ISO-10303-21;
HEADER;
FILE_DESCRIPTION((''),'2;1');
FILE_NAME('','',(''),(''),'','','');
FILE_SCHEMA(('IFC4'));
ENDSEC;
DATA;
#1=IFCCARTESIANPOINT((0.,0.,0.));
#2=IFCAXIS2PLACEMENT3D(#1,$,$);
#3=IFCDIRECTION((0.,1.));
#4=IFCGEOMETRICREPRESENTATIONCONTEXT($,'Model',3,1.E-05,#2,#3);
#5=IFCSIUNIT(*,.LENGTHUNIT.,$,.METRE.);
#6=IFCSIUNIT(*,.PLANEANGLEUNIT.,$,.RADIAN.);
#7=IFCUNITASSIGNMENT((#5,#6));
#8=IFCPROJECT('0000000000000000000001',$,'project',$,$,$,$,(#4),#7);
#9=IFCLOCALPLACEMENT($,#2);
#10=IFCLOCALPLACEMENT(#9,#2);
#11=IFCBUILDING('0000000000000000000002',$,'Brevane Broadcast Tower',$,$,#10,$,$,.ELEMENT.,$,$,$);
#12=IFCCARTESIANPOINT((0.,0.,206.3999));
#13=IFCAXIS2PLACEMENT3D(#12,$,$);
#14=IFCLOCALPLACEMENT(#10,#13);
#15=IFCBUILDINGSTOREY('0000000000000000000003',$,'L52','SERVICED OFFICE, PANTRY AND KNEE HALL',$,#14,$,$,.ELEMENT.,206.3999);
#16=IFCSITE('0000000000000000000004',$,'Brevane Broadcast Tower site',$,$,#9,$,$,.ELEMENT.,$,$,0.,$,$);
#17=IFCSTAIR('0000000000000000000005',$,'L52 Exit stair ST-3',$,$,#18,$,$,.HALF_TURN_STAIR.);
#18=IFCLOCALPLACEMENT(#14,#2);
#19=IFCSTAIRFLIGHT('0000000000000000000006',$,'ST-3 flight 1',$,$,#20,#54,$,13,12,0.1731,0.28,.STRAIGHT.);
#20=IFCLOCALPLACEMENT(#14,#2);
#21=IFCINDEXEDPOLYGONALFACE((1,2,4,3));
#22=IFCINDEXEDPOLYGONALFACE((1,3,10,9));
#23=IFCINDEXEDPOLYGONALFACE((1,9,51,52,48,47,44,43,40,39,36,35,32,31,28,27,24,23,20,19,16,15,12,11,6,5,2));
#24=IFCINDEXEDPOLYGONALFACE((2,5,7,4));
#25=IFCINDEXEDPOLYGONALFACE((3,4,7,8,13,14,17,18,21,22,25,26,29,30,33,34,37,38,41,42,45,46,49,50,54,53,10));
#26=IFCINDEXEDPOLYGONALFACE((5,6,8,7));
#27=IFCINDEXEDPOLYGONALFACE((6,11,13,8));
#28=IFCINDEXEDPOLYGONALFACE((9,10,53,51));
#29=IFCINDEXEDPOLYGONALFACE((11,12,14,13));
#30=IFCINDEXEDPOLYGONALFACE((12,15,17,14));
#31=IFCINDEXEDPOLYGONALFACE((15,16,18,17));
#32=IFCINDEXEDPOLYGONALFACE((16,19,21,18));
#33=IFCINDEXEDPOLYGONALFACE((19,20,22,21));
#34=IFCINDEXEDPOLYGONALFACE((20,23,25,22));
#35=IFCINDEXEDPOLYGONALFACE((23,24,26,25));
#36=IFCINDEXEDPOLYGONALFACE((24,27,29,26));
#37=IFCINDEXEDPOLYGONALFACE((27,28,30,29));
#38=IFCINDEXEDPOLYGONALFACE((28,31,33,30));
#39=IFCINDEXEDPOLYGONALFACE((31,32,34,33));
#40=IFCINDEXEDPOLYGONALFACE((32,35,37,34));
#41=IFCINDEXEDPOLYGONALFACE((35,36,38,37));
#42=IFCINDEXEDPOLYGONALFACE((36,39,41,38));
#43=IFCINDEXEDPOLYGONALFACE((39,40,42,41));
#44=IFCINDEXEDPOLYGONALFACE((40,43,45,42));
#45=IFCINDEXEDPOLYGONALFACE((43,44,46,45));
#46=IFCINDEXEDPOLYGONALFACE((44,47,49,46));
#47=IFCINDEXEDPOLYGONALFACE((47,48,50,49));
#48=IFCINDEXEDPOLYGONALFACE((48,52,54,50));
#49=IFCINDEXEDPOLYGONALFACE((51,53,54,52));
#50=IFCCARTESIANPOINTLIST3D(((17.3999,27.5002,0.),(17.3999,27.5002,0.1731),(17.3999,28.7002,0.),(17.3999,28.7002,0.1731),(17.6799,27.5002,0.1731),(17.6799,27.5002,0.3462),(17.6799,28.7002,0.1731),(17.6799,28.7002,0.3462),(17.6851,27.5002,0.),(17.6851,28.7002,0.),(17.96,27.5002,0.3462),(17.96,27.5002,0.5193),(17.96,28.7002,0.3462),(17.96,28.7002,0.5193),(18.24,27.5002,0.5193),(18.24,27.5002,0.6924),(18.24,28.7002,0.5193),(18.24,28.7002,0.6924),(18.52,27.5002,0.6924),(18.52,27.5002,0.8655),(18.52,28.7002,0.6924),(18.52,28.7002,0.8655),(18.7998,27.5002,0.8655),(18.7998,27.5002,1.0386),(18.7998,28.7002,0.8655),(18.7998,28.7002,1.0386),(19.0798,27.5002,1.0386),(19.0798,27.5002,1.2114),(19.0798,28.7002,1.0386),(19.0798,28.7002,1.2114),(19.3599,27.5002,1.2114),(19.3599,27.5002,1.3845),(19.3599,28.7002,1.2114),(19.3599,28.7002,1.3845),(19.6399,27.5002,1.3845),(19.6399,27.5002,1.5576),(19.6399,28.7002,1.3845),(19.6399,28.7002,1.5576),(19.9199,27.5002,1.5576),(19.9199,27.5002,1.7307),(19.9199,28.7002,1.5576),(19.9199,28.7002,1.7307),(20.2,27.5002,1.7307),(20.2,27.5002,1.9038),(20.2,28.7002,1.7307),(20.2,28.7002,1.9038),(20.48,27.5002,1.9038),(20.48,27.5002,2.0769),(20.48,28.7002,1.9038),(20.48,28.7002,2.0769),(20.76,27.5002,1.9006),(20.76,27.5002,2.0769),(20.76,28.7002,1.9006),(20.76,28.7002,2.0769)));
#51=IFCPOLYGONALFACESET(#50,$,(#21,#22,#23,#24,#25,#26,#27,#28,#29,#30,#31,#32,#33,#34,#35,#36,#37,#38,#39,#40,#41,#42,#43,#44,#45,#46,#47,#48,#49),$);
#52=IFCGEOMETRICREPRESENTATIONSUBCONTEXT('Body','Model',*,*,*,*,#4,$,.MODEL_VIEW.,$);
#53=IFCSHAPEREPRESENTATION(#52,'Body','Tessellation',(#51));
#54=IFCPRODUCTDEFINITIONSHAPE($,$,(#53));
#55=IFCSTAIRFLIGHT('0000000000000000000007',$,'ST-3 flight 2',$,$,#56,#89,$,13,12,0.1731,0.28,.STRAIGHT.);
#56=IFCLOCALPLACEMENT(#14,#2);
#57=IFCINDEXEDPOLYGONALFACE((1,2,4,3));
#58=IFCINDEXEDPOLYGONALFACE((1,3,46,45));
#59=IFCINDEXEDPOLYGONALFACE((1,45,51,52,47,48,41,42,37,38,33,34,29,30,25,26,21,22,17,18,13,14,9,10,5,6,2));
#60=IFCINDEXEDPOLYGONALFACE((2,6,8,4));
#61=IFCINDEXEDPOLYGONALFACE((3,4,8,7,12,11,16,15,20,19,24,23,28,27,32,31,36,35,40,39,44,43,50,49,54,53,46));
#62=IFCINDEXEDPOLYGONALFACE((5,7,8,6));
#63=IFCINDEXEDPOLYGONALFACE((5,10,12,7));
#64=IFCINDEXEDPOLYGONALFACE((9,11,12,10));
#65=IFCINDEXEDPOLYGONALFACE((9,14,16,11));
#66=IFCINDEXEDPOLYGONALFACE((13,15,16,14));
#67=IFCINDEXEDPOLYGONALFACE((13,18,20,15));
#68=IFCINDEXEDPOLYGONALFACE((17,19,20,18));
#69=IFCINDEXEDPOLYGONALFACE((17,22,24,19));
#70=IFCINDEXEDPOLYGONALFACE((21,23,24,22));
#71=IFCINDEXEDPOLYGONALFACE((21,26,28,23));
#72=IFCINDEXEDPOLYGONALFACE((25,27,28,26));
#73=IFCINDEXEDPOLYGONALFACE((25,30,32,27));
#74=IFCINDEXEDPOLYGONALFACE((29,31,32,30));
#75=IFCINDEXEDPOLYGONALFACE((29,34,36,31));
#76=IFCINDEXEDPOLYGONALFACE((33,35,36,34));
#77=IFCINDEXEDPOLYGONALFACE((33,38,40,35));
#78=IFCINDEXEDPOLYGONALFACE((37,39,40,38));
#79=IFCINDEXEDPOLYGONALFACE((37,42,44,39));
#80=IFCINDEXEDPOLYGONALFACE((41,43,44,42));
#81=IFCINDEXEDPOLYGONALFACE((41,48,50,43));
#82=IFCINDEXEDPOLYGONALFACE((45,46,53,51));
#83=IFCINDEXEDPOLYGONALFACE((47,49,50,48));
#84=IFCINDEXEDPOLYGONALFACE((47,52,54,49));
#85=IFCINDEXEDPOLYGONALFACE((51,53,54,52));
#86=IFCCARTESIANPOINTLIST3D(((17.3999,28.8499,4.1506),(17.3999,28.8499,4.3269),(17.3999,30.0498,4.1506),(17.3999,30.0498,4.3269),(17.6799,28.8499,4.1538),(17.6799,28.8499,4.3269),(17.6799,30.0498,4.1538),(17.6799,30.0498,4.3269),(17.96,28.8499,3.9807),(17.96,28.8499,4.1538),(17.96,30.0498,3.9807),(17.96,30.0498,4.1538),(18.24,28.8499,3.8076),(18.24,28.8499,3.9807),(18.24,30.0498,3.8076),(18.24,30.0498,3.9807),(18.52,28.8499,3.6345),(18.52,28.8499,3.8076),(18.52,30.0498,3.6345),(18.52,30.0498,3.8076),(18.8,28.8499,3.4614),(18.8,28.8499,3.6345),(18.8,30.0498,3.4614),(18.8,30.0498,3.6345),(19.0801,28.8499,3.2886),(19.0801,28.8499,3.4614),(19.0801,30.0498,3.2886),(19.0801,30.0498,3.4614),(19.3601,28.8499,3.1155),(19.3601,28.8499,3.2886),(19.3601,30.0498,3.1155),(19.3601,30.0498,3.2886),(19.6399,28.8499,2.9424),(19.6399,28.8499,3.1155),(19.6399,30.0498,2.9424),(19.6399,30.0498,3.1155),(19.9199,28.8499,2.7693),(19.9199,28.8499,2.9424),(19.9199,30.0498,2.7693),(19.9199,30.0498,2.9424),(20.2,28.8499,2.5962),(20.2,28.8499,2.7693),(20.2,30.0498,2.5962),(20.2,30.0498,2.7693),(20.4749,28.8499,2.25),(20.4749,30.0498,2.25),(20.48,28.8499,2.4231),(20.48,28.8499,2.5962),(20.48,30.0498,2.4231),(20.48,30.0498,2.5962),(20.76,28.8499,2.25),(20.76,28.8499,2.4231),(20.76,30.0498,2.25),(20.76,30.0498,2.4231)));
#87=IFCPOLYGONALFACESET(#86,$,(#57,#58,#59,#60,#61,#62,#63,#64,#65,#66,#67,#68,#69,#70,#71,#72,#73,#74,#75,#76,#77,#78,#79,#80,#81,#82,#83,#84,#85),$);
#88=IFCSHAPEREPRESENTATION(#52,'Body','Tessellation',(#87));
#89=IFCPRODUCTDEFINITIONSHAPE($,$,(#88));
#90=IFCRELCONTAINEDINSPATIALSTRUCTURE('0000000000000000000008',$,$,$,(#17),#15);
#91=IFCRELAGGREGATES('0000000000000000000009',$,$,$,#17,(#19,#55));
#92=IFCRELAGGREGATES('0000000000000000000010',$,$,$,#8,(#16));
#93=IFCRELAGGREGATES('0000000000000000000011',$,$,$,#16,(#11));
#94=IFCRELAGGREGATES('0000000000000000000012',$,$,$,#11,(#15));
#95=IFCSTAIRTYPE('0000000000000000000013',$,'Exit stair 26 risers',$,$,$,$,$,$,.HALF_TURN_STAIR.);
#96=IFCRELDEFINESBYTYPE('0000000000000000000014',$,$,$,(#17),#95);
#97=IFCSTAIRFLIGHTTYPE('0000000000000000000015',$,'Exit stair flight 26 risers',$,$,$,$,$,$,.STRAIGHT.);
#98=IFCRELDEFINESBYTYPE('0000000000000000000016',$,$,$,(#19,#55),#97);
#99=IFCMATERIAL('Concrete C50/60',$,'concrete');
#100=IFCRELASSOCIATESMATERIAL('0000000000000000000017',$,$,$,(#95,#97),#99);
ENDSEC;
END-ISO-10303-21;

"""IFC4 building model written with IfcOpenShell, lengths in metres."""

from ifc_helpers import new_model, si_unit, direction, frame, origin, place, context, subcontext, project, spatial, polyline, outline, extrude, material, type_object, element, aggregate, save


model = new_model("IFC4")

# Units and contexts
model_context = context("Model", 3, precision=1e-05, world=origin(), true_north=direction((0.0, 1.0)))
body_context = subcontext(model_context, "Body", "Model", "MODEL_VIEW")
ifc_project = project(units=[si_unit("LENGTHUNIT", "METRE"), si_unit("PLANEANGLEUNIT", "RADIAN")], contexts=[model_context])

# Site, building, storey
site_placement = place(None, origin())
site = spatial("IfcSite", under=ifc_project, at=site_placement, Name="Brevane Broadcast Tower site", CompositionType="ELEMENT", RefElevation=0.0)
building_placement = place(site_placement, origin())
building = spatial("IfcBuilding", under=site, at=building_placement, Name="Brevane Broadcast Tower", CompositionType="ELEMENT")
storey_placement = place(building_placement, frame((0.0, 0.0, 206.3999)))
storey = spatial("IfcBuildingStorey", under=building, at=storey_placement, Name="L52", Description="SERVICED OFFICE, PANTRY AND KNEE HALL", CompositionType="ELEMENT", Elevation=206.3999)

# Stair, stair flights
ifc_material_1 = material(Name="Concrete C50/60", Category="concrete")
stair_type = type_object("IfcStairType", Name="Exit stair 26 risers", PredefinedType="HALF_TURN_STAIR", material=ifc_material_1)
stair_placement = place(storey_placement, origin())
stair = element("IfcStair", 1, at=stair_placement, inside=storey, type_object=stair_type, Name="L52 Exit stair ST-3", PredefinedType="HALF_TURN_STAIR")
stair_flight_type = type_object("IfcStairFlightType", Name="Exit stair flight 26 risers", PredefinedType="STRAIGHT", material=ifc_material_1)
stair_flight_1_placement = place(storey_placement, frame((17.3999, 28.1001, 0.0), z_axis=(0.0, 0.0, 1.0), x_axis=(1.0, 0.0, 0.0)))
stair_flight_1 = element("IfcStairFlight", 2, at=stair_flight_1_placement, type_object=stair_flight_type, Name="ST-3 flight 1", NumberOfRisers=13, NumberOfTreads=12, PredefinedType="STRAIGHT", RiserHeight=0.1731, TreadLength=0.28, context=body_context, shape_type="SweptSolid", body=[
    extrude(outline(polyline([(0.0, 0.0), (0.0, 0.1731), (0.28, 0.1731), (0.28, 0.3462), (0.5601, 0.3462), (0.5601, 0.5193), (0.8401, 0.5193), (0.8401, 0.6924), (1.1201, 0.6924), (1.1201, 0.8655), (1.3999, 0.8655), (1.3999, 1.0386), (1.6799, 1.0386), (1.6799, 1.2114), (1.96, 1.2114), (1.96, 1.3845), (2.24, 1.3845), (2.24, 1.5576), (2.52, 1.5576), (2.52, 1.7307), (2.8, 1.7307), (2.8, 1.9038), (3.0801, 1.9038), (3.0801, 2.0769), (3.3601, 2.0769), (3.3601, 2.25), (3.3601, 1.9006), (0.2852, 0.0), (0.0, 0.0)])), frame((0.0, 0.6001, 0.0), z_axis=(0.0, -1.0, 0.0), x_axis=(1.0, 0.0, 0.0)), (0.0, 0.0, 1.0), 1.2),
])
stair_flight_2_placement = place(storey_placement, frame((20.76, 29.45, 2.25), z_axis=(0.0, 0.0, 1.0), x_axis=(-1.0, 0.0, 0.0)))
stair_flight_2 = element("IfcStairFlight", 3, at=stair_flight_2_placement, type_object=stair_flight_type, Name="ST-3 flight 2", NumberOfRisers=13, NumberOfTreads=12, PredefinedType="STRAIGHT", RiserHeight=0.1731, TreadLength=0.28, context=body_context, shape_type="SweptSolid", body=[
    extrude(outline(polyline([(0.0, 0.0), (0.0, 0.1731), (0.28, 0.1731), (0.28, 0.3462), (0.5601, 0.3462), (0.5601, 0.5193), (0.8401, 0.5193), (0.8401, 0.6924), (1.1201, 0.6924), (1.1201, 0.8655), (1.3999, 0.8655), (1.3999, 1.0386), (1.6799, 1.0386), (1.6799, 1.2114), (1.96, 1.2114), (1.96, 1.3845), (2.24, 1.3845), (2.24, 1.5576), (2.52, 1.5576), (2.52, 1.7307), (2.8, 1.7307), (2.8, 1.9038), (3.0801, 1.9038), (3.0801, 2.0769), (3.3601, 2.0769), (3.3601, 2.25), (3.3601, 1.9006), (0.2852, 0.0), (0.0, 0.0)])), frame((0.0, 0.6001, 0.0), z_axis=(0.0, -1.0, 0.0), x_axis=(1.0, 0.0, 0.0)), (0.0, 0.0, 1.0), 1.2),
])
aggregate(stair, [stair_flight_1, stair_flight_2])

save(model, "model.ifc")
